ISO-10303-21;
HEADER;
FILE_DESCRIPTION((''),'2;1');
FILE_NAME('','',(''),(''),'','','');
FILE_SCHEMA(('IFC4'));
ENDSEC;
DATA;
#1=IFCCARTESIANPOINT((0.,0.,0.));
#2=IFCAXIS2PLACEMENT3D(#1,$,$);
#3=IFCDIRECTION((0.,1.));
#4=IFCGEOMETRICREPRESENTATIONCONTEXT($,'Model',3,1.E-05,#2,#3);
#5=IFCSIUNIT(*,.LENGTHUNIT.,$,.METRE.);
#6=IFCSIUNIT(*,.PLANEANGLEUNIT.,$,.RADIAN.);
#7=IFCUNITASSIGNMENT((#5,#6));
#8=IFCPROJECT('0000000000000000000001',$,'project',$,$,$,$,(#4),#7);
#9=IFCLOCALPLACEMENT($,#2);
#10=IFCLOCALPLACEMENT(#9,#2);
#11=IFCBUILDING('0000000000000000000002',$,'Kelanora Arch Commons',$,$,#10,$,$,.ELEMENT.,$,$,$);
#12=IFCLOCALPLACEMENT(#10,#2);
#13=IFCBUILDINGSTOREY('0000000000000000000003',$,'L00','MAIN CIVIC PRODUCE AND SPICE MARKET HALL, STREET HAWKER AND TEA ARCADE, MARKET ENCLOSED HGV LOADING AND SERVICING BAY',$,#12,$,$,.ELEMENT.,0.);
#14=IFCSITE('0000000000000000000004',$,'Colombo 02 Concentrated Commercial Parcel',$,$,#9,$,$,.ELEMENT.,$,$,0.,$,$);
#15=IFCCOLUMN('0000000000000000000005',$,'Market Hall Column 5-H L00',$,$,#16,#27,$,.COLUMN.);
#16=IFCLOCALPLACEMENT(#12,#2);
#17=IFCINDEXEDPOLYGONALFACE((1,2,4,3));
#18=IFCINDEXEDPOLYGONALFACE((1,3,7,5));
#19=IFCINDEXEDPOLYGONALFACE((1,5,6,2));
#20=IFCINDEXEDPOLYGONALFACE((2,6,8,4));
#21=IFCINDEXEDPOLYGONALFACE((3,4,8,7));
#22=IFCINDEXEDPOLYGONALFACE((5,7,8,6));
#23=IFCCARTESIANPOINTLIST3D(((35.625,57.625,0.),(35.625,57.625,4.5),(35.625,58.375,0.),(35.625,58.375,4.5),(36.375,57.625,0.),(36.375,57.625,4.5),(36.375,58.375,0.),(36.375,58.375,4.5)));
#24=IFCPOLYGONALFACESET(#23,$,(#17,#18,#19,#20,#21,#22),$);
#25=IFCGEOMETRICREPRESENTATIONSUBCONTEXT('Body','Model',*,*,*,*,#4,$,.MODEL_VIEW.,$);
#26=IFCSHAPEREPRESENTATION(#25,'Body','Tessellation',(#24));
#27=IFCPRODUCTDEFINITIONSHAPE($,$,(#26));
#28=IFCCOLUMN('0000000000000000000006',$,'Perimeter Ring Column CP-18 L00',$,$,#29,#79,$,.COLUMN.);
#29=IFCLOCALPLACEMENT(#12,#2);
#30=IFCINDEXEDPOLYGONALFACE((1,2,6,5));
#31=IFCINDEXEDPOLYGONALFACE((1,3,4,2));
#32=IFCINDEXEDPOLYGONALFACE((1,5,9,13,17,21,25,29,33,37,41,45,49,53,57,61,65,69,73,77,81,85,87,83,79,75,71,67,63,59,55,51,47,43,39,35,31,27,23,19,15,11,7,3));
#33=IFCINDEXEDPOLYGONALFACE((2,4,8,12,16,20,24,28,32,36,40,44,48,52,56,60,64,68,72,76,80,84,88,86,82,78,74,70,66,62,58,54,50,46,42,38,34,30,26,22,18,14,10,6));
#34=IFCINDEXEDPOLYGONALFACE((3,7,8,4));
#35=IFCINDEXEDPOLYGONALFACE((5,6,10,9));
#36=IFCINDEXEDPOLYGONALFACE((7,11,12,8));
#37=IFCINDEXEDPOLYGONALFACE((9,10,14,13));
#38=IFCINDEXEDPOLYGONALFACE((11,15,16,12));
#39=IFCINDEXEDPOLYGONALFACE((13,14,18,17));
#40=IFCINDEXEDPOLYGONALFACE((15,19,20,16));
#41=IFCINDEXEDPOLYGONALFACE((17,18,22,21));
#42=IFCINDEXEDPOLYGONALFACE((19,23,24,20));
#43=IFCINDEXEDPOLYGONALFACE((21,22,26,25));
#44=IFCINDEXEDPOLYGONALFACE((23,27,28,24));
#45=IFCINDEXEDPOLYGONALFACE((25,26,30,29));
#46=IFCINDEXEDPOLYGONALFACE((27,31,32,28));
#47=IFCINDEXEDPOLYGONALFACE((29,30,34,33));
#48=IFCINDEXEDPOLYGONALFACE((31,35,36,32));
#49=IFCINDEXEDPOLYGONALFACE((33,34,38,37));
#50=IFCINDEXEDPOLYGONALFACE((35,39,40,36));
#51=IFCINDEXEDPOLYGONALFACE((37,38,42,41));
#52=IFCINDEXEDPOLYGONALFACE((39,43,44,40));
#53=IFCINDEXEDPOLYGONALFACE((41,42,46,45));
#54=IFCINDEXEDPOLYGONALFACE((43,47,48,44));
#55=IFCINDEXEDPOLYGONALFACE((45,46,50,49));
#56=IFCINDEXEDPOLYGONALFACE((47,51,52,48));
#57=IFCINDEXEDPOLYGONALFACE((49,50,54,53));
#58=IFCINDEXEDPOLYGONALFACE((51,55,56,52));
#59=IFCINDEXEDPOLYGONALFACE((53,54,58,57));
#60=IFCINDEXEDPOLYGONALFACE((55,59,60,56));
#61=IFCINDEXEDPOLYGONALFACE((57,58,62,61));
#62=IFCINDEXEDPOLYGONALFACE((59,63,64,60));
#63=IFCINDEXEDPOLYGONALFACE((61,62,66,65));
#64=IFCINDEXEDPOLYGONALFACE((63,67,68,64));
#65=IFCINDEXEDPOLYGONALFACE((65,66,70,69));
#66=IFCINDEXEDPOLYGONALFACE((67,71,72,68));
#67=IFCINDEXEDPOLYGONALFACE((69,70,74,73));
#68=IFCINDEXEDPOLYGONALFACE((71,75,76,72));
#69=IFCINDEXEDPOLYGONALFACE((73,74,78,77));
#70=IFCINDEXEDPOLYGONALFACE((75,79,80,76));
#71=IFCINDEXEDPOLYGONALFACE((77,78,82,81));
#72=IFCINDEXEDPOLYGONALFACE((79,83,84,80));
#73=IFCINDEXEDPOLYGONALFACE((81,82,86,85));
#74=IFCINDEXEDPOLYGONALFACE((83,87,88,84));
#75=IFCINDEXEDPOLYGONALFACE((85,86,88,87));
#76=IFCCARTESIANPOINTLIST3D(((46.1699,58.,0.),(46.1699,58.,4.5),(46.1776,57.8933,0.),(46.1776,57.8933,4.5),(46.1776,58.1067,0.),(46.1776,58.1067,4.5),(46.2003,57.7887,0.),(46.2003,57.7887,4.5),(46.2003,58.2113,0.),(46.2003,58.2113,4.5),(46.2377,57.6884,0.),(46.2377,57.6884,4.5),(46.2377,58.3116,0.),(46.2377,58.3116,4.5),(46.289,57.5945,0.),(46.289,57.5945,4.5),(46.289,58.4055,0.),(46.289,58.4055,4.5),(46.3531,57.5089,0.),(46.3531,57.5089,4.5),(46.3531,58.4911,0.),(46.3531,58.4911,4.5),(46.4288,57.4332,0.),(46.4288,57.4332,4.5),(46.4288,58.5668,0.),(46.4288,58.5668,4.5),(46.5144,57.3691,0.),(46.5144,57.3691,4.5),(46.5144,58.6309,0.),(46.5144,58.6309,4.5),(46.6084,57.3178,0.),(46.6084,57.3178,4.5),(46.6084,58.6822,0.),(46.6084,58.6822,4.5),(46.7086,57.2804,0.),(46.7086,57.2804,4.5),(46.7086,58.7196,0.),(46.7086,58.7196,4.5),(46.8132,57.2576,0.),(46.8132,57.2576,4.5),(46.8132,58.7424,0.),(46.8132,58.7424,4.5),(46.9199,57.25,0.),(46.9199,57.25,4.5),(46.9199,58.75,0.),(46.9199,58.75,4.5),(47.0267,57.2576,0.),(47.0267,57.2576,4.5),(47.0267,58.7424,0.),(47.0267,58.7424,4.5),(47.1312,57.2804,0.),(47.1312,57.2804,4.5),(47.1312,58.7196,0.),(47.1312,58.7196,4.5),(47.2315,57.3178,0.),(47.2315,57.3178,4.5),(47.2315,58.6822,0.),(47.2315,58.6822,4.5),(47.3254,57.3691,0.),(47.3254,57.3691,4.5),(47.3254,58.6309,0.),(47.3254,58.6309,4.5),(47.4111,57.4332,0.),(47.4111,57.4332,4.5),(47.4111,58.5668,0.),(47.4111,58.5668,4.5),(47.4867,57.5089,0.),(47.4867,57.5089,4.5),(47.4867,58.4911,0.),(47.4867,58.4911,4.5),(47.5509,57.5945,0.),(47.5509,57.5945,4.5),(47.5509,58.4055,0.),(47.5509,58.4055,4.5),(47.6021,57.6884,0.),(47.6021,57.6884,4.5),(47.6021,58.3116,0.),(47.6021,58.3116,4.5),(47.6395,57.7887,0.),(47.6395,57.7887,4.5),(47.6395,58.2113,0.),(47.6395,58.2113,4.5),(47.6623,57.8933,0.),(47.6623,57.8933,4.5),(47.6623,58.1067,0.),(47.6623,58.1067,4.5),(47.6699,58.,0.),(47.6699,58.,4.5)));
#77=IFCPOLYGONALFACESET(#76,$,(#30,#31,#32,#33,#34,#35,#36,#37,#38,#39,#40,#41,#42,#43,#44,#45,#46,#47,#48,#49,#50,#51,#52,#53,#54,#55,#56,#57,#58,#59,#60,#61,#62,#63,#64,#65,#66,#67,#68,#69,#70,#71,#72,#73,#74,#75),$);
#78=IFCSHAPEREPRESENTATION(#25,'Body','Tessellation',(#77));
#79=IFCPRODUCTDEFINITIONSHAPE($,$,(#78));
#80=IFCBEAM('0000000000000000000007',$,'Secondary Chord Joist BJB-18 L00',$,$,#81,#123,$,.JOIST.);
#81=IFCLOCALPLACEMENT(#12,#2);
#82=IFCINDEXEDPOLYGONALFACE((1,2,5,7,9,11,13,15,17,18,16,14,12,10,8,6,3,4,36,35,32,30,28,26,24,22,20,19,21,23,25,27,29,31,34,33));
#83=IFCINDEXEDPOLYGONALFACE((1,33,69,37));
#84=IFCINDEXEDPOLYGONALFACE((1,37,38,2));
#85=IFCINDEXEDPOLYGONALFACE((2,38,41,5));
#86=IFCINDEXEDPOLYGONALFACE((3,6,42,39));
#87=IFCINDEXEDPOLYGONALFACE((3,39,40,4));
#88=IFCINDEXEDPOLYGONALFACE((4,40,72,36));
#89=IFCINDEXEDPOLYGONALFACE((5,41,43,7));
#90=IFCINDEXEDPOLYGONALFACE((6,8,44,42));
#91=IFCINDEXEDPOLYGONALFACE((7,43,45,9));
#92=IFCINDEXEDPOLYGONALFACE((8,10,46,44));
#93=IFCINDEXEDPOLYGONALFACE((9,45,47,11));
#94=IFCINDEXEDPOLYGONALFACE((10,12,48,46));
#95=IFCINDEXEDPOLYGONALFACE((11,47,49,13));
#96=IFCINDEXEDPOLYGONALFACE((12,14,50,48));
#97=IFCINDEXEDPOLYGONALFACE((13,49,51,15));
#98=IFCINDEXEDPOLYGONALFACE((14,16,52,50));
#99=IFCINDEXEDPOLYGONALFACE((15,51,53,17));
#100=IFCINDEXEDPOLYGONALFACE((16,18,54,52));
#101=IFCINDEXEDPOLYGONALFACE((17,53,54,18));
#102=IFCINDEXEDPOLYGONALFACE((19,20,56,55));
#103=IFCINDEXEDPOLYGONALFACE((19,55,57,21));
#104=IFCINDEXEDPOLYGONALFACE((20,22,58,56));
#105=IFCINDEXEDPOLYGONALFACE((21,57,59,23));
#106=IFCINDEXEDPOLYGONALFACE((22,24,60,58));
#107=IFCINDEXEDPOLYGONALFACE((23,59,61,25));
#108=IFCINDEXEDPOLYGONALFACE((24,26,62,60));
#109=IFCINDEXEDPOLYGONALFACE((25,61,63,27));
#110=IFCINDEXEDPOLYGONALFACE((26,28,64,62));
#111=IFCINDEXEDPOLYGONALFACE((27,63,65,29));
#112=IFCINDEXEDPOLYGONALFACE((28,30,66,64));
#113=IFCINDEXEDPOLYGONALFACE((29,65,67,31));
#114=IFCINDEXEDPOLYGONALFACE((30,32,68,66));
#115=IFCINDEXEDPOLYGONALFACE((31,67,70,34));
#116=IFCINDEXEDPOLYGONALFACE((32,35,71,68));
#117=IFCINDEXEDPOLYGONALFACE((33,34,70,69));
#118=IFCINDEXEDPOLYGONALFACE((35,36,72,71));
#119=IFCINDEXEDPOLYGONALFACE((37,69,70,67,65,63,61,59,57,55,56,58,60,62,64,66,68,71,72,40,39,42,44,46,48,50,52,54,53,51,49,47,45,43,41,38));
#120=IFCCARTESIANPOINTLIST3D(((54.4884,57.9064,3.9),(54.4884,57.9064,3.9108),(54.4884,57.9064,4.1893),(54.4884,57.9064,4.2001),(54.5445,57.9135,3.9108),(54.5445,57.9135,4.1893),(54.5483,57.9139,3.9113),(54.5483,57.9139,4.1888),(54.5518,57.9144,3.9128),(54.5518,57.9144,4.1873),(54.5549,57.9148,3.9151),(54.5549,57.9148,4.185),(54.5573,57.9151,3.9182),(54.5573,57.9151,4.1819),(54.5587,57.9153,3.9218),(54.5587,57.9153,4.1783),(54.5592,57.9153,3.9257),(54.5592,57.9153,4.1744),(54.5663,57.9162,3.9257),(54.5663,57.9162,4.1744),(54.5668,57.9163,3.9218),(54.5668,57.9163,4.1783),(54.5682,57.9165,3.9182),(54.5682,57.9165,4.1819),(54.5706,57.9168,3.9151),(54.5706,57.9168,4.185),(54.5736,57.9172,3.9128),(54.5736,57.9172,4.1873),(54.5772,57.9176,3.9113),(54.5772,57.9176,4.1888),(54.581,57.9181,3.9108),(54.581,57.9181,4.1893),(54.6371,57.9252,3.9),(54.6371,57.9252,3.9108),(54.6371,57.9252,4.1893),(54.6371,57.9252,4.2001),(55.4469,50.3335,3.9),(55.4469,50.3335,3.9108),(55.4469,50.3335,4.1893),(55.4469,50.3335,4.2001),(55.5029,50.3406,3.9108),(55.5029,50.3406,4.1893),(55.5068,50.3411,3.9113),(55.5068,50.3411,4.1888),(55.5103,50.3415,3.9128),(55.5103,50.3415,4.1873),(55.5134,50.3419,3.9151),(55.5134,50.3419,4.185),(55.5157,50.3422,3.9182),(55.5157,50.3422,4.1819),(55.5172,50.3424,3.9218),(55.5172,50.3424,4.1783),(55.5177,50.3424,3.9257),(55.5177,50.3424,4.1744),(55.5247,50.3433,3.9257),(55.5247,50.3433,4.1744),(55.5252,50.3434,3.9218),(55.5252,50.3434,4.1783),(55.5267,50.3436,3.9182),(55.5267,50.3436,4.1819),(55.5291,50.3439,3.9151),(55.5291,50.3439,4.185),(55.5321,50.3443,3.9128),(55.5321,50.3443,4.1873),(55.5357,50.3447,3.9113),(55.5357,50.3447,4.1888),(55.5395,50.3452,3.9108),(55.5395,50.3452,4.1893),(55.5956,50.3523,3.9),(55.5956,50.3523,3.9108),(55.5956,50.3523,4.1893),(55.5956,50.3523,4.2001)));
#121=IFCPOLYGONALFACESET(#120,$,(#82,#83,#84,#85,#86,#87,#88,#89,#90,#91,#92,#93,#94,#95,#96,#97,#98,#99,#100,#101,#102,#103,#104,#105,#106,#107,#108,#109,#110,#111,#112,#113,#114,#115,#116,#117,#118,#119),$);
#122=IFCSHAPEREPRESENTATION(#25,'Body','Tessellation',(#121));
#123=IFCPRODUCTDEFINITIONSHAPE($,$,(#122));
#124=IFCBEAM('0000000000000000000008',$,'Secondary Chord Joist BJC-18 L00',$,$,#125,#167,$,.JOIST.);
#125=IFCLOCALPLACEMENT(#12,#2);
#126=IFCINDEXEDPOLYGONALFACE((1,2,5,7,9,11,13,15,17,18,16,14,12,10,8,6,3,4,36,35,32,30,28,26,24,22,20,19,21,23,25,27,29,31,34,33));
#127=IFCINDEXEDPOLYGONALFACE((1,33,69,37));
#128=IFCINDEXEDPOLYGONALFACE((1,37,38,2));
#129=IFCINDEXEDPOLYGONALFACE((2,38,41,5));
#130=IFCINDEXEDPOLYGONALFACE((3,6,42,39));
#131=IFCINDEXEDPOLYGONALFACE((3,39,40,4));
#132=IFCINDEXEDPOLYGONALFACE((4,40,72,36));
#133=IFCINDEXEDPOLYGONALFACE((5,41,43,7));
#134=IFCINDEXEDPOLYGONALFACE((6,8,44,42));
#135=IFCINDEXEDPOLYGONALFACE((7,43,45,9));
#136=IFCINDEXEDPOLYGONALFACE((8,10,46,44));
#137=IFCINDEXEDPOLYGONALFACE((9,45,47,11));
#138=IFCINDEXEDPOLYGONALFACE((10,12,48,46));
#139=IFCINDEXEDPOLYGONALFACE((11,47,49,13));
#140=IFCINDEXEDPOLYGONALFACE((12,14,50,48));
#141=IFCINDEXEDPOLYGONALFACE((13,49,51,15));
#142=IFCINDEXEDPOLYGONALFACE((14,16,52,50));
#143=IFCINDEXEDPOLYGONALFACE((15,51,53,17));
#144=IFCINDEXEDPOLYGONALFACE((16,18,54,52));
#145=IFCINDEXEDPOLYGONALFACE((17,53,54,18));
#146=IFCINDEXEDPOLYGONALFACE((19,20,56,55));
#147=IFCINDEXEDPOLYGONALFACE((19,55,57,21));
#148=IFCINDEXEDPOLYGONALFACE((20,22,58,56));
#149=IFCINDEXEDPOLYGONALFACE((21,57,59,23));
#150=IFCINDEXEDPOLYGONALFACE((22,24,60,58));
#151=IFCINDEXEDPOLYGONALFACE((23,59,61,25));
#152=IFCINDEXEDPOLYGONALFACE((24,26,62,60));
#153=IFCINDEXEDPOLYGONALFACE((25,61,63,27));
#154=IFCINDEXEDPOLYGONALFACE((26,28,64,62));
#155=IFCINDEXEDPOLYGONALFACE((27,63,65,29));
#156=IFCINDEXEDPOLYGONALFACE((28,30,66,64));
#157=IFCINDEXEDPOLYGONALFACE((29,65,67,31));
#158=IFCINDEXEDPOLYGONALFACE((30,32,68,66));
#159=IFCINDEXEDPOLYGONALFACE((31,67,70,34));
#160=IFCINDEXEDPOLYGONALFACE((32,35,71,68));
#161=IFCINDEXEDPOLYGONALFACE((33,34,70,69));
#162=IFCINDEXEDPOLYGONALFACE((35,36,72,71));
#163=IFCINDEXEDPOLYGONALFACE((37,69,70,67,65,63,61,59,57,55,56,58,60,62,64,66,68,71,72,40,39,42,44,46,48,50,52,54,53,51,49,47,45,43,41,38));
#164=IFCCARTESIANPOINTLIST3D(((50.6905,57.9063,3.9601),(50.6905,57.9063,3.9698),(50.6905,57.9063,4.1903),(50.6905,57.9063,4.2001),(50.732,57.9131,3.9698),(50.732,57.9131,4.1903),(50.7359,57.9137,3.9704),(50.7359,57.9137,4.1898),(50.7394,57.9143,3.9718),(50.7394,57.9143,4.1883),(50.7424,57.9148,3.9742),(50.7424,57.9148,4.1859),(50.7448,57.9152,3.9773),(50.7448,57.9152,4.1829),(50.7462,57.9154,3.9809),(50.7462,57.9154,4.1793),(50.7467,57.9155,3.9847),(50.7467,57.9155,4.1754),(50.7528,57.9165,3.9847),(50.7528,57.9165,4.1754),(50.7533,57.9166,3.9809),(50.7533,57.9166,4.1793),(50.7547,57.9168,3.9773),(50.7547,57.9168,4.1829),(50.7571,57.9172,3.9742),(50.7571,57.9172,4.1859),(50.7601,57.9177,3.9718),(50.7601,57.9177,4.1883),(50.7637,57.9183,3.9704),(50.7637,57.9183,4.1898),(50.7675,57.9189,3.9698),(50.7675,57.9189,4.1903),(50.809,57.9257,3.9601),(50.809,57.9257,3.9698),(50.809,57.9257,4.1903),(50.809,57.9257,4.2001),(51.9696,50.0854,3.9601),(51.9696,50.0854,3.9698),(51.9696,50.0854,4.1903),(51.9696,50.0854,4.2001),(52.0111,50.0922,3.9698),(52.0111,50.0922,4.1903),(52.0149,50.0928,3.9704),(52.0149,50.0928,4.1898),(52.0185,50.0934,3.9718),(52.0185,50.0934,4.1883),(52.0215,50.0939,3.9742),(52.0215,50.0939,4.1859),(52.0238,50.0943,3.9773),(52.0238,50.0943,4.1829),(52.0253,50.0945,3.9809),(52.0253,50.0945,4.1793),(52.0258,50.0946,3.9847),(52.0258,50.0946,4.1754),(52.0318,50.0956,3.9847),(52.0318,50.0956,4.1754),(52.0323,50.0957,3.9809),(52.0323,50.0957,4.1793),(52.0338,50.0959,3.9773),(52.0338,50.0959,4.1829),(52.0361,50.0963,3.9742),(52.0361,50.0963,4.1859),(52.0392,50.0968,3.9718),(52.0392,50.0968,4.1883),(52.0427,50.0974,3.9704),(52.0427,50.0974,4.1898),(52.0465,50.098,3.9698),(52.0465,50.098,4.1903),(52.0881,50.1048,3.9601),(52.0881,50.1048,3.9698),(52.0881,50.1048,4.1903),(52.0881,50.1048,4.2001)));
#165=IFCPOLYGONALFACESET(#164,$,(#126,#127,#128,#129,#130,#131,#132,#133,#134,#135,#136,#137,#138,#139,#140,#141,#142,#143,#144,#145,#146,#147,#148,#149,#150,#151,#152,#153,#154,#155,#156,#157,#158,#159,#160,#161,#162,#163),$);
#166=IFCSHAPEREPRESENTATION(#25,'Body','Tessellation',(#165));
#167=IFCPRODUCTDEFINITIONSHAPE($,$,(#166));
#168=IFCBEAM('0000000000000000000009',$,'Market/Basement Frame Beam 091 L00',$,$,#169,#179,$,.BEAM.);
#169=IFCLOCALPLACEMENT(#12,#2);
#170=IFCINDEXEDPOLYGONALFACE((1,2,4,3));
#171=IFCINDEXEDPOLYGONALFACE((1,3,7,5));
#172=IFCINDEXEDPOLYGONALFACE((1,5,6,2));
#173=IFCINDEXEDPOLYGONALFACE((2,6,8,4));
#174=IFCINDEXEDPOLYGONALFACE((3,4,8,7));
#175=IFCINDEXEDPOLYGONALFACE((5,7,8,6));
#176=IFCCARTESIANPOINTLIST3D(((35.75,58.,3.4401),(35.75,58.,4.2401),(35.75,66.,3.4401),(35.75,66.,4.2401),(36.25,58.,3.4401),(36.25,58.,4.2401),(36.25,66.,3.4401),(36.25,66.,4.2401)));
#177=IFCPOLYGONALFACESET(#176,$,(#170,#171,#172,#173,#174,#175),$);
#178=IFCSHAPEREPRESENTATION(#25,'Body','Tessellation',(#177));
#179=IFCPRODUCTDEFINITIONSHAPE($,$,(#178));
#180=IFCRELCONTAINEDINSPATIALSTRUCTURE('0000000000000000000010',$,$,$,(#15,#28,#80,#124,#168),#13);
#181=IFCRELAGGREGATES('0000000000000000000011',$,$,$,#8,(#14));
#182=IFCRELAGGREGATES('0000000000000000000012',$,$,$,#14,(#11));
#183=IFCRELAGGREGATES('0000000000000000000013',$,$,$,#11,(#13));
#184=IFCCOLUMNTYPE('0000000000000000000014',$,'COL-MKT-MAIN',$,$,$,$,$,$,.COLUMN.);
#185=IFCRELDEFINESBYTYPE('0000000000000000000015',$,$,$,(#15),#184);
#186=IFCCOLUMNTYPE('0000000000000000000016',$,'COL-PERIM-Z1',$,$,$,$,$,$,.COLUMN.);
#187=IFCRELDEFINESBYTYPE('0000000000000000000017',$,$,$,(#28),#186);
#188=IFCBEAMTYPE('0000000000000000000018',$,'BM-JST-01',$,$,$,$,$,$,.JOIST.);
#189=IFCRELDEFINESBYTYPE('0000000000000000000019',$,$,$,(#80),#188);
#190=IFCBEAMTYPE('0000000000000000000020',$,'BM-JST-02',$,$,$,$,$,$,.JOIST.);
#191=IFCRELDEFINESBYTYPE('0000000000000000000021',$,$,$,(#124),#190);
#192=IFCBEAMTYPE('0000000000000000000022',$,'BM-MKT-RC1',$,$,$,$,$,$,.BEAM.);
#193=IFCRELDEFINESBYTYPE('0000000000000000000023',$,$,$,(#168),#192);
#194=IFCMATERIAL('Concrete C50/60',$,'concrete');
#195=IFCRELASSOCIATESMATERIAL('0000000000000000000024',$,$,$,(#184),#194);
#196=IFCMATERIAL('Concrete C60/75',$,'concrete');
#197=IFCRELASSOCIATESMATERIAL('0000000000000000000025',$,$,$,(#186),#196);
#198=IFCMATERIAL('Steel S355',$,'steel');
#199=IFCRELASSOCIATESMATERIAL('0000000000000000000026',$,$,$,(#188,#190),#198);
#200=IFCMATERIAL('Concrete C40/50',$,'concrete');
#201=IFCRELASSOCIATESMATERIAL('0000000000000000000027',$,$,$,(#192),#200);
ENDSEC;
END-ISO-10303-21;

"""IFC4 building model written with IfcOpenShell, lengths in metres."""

from ifc_helpers import new_model, si_unit, direction, frame, origin, origin_2d, place, context, subcontext, project, spatial, rectangle, circle, i_section, extrude, material, material_profile, profile_set, type_object, element, save


model = new_model("IFC4")

# Units and contexts
model_context = context("Model", 3, precision=1e-05, world=origin(), true_north=direction((0.0, 1.0)))
body_context = subcontext(model_context, "Body", "Model", "MODEL_VIEW")
ifc_project = project(units=[si_unit("LENGTHUNIT", "METRE"), si_unit("PLANEANGLEUNIT", "RADIAN")], contexts=[model_context])

# Site, building, storey
site_placement = place(None, origin())
site = spatial("IfcSite", under=ifc_project, at=site_placement, Name="Colombo 02 Concentrated Commercial Parcel", CompositionType="ELEMENT", RefElevation=0.0)
building_placement = place(site_placement, origin())
building = spatial("IfcBuilding", under=site, at=building_placement, Name="Kelanora Arch Commons", CompositionType="ELEMENT")
storey_placement = place(building_placement, origin())
storey = spatial("IfcBuildingStorey", under=building, at=storey_placement, Name="L00", Description="MAIN CIVIC PRODUCE AND SPICE MARKET HALL, STREET HAWKER AND TEA ARCADE, MARKET ENCLOSED HGV LOADING AND SERVICING BAY", CompositionType="ELEMENT", Elevation=0.0)

# Columns
ifc_material_1 = material(Name="Concrete C50/60", Category="concrete")
ifc_material_profile_1 = material_profile(ifc_material_1, rectangle(XDim=0.75, YDim=0.75, at=origin_2d()), Name="RC750x750")
ifc_profile_set_1 = profile_set([ifc_material_profile_1], Name="Concrete C50/60")
column_type_1 = type_object("IfcColumnType", Name="COL-MKT-MAIN", PredefinedType="COLUMN", material=ifc_profile_set_1)
column_1_placement = place(storey_placement, frame((36.0, 58.0, 0.0), z_axis=(0.0, 0.0, 1.0), x_axis=(1.0, 0.0, 0.0)))
element("IfcColumn", 1, at=column_1_placement, inside=storey, type_object=column_type_1, Name="Market Hall Column 5-H L00", PredefinedType="COLUMN", context=body_context, shape_type="SweptSolid", body=[
    extrude(rectangle(XDim=0.75, YDim=0.75, at=origin_2d()), origin(), (0.0, 0.0, 1.0), 4.5),
])
ifc_material_2 = material(Name="Concrete C60/75", Category="concrete")
ifc_material_profile_2 = material_profile(ifc_material_2, circle(Radius=0.75, at=origin_2d()), Name="RCC1500")
ifc_profile_set_2 = profile_set([ifc_material_profile_2], Name="Concrete C60/75")
column_type_2 = type_object("IfcColumnType", Name="COL-PERIM-Z1", PredefinedType="COLUMN", material=ifc_profile_set_2)
column_2_placement = place(storey_placement, frame((46.9199, 58.0, 0.0), z_axis=(0.0, 0.0, 1.0), x_axis=(1.0, 0.0, 0.0)))
element("IfcColumn", 2, at=column_2_placement, inside=storey, type_object=column_type_2, Name="Perimeter Ring Column CP-18 L00", PredefinedType="COLUMN", context=body_context, shape_type="SweptSolid", body=[
    extrude(circle(Radius=0.75, at=origin_2d()), origin(), (0.0, 0.0, 1.0), 4.5),
])

# Beams
ifc_material_3 = material(Name="Steel S355", Category="steel")
ifc_material_profile_3 = material_profile(ifc_material_3, i_section(OverallWidth=0.1499, OverallDepth=0.3, WebThickness=0.0071, FlangeThickness=0.0107, FilletRadius=0.0149, at=origin_2d()), Name="IPE300")
ifc_profile_set_3 = profile_set([ifc_material_profile_3], Name="Steel S355")
beam_type_1 = type_object("IfcBeamType", Name="BM-JST-01", PredefinedType="JOIST", material=ifc_profile_set_3)
beam_1_placement = place(storey_placement, frame((54.5627, 57.9158, 4.05), z_axis=(0.125566, -0.992085, 0.0), x_axis=(0.992085, 0.125566, 0.0)))
element("IfcBeam", 3, at=beam_1_placement, inside=storey, type_object=beam_type_1, Name="Secondary Chord Joist BJB-18 L00", PredefinedType="JOIST", context=body_context, shape_type="SweptSolid", body=[
    extrude(i_section(OverallWidth=0.1499, OverallDepth=0.3, WebThickness=0.0071, FlangeThickness=0.0107, FilletRadius=0.0149, at=origin_2d()), origin(), (0.0, 0.0, 1.0), 7.6333),
])
ifc_material_profile_4 = material_profile(ifc_material_3, i_section(OverallWidth=0.1201, OverallDepth=0.24, WebThickness=0.0061, FlangeThickness=0.0098, FilletRadius=0.0149, at=origin_2d()), Name="IPE240")
ifc_profile_set_4 = profile_set([ifc_material_profile_4], Name="Steel S355")
beam_type_2 = type_object("IfcBeamType", Name="BM-JST-02", PredefinedType="JOIST", material=ifc_profile_set_4)
beam_2_placement = place(storey_placement, frame((50.7498, 57.916, 4.0801), z_axis=(0.161401, -0.986889, 0.0), x_axis=(0.986889, 0.161401, 0.0)))
element("IfcBeam", 4, at=beam_2_placement, inside=storey, type_object=beam_type_2, Name="Secondary Chord Joist BJC-18 L00", PredefinedType="JOIST", context=body_context, shape_type="SweptSolid", body=[
    extrude(i_section(OverallWidth=0.1201, OverallDepth=0.24, WebThickness=0.0061, FlangeThickness=0.0098, FilletRadius=0.0149, at=origin_2d()), origin(), (0.0, 0.0, 1.0), 7.9248),
])
ifc_material_4 = material(Name="Concrete C40/50", Category="concrete")
ifc_material_profile_5 = material_profile(ifc_material_4, rectangle(XDim=0.5, YDim=0.8, at=origin_2d()), Name="RCB500x800")
ifc_profile_set_5 = profile_set([ifc_material_profile_5], Name="Concrete C40/50")
beam_type_3 = type_object("IfcBeamType", Name="BM-MKT-RC1", PredefinedType="BEAM", material=ifc_profile_set_5)
beam_3_placement = place(storey_placement, frame((36.0, 58.0, 3.8401), z_axis=(0.0, 1.0, 0.0), x_axis=(-1.0, 0.0, 0.0)))
element("IfcBeam", 5, at=beam_3_placement, inside=storey, type_object=beam_type_3, Name="Market/Basement Frame Beam 091 L00", PredefinedType="BEAM", context=body_context, shape_type="SweptSolid", body=[
    extrude(rectangle(XDim=0.5, YDim=0.8, at=origin_2d()), origin(), (0.0, 0.0, 1.0), 8.0),
])

save(model, "model.ifc")
